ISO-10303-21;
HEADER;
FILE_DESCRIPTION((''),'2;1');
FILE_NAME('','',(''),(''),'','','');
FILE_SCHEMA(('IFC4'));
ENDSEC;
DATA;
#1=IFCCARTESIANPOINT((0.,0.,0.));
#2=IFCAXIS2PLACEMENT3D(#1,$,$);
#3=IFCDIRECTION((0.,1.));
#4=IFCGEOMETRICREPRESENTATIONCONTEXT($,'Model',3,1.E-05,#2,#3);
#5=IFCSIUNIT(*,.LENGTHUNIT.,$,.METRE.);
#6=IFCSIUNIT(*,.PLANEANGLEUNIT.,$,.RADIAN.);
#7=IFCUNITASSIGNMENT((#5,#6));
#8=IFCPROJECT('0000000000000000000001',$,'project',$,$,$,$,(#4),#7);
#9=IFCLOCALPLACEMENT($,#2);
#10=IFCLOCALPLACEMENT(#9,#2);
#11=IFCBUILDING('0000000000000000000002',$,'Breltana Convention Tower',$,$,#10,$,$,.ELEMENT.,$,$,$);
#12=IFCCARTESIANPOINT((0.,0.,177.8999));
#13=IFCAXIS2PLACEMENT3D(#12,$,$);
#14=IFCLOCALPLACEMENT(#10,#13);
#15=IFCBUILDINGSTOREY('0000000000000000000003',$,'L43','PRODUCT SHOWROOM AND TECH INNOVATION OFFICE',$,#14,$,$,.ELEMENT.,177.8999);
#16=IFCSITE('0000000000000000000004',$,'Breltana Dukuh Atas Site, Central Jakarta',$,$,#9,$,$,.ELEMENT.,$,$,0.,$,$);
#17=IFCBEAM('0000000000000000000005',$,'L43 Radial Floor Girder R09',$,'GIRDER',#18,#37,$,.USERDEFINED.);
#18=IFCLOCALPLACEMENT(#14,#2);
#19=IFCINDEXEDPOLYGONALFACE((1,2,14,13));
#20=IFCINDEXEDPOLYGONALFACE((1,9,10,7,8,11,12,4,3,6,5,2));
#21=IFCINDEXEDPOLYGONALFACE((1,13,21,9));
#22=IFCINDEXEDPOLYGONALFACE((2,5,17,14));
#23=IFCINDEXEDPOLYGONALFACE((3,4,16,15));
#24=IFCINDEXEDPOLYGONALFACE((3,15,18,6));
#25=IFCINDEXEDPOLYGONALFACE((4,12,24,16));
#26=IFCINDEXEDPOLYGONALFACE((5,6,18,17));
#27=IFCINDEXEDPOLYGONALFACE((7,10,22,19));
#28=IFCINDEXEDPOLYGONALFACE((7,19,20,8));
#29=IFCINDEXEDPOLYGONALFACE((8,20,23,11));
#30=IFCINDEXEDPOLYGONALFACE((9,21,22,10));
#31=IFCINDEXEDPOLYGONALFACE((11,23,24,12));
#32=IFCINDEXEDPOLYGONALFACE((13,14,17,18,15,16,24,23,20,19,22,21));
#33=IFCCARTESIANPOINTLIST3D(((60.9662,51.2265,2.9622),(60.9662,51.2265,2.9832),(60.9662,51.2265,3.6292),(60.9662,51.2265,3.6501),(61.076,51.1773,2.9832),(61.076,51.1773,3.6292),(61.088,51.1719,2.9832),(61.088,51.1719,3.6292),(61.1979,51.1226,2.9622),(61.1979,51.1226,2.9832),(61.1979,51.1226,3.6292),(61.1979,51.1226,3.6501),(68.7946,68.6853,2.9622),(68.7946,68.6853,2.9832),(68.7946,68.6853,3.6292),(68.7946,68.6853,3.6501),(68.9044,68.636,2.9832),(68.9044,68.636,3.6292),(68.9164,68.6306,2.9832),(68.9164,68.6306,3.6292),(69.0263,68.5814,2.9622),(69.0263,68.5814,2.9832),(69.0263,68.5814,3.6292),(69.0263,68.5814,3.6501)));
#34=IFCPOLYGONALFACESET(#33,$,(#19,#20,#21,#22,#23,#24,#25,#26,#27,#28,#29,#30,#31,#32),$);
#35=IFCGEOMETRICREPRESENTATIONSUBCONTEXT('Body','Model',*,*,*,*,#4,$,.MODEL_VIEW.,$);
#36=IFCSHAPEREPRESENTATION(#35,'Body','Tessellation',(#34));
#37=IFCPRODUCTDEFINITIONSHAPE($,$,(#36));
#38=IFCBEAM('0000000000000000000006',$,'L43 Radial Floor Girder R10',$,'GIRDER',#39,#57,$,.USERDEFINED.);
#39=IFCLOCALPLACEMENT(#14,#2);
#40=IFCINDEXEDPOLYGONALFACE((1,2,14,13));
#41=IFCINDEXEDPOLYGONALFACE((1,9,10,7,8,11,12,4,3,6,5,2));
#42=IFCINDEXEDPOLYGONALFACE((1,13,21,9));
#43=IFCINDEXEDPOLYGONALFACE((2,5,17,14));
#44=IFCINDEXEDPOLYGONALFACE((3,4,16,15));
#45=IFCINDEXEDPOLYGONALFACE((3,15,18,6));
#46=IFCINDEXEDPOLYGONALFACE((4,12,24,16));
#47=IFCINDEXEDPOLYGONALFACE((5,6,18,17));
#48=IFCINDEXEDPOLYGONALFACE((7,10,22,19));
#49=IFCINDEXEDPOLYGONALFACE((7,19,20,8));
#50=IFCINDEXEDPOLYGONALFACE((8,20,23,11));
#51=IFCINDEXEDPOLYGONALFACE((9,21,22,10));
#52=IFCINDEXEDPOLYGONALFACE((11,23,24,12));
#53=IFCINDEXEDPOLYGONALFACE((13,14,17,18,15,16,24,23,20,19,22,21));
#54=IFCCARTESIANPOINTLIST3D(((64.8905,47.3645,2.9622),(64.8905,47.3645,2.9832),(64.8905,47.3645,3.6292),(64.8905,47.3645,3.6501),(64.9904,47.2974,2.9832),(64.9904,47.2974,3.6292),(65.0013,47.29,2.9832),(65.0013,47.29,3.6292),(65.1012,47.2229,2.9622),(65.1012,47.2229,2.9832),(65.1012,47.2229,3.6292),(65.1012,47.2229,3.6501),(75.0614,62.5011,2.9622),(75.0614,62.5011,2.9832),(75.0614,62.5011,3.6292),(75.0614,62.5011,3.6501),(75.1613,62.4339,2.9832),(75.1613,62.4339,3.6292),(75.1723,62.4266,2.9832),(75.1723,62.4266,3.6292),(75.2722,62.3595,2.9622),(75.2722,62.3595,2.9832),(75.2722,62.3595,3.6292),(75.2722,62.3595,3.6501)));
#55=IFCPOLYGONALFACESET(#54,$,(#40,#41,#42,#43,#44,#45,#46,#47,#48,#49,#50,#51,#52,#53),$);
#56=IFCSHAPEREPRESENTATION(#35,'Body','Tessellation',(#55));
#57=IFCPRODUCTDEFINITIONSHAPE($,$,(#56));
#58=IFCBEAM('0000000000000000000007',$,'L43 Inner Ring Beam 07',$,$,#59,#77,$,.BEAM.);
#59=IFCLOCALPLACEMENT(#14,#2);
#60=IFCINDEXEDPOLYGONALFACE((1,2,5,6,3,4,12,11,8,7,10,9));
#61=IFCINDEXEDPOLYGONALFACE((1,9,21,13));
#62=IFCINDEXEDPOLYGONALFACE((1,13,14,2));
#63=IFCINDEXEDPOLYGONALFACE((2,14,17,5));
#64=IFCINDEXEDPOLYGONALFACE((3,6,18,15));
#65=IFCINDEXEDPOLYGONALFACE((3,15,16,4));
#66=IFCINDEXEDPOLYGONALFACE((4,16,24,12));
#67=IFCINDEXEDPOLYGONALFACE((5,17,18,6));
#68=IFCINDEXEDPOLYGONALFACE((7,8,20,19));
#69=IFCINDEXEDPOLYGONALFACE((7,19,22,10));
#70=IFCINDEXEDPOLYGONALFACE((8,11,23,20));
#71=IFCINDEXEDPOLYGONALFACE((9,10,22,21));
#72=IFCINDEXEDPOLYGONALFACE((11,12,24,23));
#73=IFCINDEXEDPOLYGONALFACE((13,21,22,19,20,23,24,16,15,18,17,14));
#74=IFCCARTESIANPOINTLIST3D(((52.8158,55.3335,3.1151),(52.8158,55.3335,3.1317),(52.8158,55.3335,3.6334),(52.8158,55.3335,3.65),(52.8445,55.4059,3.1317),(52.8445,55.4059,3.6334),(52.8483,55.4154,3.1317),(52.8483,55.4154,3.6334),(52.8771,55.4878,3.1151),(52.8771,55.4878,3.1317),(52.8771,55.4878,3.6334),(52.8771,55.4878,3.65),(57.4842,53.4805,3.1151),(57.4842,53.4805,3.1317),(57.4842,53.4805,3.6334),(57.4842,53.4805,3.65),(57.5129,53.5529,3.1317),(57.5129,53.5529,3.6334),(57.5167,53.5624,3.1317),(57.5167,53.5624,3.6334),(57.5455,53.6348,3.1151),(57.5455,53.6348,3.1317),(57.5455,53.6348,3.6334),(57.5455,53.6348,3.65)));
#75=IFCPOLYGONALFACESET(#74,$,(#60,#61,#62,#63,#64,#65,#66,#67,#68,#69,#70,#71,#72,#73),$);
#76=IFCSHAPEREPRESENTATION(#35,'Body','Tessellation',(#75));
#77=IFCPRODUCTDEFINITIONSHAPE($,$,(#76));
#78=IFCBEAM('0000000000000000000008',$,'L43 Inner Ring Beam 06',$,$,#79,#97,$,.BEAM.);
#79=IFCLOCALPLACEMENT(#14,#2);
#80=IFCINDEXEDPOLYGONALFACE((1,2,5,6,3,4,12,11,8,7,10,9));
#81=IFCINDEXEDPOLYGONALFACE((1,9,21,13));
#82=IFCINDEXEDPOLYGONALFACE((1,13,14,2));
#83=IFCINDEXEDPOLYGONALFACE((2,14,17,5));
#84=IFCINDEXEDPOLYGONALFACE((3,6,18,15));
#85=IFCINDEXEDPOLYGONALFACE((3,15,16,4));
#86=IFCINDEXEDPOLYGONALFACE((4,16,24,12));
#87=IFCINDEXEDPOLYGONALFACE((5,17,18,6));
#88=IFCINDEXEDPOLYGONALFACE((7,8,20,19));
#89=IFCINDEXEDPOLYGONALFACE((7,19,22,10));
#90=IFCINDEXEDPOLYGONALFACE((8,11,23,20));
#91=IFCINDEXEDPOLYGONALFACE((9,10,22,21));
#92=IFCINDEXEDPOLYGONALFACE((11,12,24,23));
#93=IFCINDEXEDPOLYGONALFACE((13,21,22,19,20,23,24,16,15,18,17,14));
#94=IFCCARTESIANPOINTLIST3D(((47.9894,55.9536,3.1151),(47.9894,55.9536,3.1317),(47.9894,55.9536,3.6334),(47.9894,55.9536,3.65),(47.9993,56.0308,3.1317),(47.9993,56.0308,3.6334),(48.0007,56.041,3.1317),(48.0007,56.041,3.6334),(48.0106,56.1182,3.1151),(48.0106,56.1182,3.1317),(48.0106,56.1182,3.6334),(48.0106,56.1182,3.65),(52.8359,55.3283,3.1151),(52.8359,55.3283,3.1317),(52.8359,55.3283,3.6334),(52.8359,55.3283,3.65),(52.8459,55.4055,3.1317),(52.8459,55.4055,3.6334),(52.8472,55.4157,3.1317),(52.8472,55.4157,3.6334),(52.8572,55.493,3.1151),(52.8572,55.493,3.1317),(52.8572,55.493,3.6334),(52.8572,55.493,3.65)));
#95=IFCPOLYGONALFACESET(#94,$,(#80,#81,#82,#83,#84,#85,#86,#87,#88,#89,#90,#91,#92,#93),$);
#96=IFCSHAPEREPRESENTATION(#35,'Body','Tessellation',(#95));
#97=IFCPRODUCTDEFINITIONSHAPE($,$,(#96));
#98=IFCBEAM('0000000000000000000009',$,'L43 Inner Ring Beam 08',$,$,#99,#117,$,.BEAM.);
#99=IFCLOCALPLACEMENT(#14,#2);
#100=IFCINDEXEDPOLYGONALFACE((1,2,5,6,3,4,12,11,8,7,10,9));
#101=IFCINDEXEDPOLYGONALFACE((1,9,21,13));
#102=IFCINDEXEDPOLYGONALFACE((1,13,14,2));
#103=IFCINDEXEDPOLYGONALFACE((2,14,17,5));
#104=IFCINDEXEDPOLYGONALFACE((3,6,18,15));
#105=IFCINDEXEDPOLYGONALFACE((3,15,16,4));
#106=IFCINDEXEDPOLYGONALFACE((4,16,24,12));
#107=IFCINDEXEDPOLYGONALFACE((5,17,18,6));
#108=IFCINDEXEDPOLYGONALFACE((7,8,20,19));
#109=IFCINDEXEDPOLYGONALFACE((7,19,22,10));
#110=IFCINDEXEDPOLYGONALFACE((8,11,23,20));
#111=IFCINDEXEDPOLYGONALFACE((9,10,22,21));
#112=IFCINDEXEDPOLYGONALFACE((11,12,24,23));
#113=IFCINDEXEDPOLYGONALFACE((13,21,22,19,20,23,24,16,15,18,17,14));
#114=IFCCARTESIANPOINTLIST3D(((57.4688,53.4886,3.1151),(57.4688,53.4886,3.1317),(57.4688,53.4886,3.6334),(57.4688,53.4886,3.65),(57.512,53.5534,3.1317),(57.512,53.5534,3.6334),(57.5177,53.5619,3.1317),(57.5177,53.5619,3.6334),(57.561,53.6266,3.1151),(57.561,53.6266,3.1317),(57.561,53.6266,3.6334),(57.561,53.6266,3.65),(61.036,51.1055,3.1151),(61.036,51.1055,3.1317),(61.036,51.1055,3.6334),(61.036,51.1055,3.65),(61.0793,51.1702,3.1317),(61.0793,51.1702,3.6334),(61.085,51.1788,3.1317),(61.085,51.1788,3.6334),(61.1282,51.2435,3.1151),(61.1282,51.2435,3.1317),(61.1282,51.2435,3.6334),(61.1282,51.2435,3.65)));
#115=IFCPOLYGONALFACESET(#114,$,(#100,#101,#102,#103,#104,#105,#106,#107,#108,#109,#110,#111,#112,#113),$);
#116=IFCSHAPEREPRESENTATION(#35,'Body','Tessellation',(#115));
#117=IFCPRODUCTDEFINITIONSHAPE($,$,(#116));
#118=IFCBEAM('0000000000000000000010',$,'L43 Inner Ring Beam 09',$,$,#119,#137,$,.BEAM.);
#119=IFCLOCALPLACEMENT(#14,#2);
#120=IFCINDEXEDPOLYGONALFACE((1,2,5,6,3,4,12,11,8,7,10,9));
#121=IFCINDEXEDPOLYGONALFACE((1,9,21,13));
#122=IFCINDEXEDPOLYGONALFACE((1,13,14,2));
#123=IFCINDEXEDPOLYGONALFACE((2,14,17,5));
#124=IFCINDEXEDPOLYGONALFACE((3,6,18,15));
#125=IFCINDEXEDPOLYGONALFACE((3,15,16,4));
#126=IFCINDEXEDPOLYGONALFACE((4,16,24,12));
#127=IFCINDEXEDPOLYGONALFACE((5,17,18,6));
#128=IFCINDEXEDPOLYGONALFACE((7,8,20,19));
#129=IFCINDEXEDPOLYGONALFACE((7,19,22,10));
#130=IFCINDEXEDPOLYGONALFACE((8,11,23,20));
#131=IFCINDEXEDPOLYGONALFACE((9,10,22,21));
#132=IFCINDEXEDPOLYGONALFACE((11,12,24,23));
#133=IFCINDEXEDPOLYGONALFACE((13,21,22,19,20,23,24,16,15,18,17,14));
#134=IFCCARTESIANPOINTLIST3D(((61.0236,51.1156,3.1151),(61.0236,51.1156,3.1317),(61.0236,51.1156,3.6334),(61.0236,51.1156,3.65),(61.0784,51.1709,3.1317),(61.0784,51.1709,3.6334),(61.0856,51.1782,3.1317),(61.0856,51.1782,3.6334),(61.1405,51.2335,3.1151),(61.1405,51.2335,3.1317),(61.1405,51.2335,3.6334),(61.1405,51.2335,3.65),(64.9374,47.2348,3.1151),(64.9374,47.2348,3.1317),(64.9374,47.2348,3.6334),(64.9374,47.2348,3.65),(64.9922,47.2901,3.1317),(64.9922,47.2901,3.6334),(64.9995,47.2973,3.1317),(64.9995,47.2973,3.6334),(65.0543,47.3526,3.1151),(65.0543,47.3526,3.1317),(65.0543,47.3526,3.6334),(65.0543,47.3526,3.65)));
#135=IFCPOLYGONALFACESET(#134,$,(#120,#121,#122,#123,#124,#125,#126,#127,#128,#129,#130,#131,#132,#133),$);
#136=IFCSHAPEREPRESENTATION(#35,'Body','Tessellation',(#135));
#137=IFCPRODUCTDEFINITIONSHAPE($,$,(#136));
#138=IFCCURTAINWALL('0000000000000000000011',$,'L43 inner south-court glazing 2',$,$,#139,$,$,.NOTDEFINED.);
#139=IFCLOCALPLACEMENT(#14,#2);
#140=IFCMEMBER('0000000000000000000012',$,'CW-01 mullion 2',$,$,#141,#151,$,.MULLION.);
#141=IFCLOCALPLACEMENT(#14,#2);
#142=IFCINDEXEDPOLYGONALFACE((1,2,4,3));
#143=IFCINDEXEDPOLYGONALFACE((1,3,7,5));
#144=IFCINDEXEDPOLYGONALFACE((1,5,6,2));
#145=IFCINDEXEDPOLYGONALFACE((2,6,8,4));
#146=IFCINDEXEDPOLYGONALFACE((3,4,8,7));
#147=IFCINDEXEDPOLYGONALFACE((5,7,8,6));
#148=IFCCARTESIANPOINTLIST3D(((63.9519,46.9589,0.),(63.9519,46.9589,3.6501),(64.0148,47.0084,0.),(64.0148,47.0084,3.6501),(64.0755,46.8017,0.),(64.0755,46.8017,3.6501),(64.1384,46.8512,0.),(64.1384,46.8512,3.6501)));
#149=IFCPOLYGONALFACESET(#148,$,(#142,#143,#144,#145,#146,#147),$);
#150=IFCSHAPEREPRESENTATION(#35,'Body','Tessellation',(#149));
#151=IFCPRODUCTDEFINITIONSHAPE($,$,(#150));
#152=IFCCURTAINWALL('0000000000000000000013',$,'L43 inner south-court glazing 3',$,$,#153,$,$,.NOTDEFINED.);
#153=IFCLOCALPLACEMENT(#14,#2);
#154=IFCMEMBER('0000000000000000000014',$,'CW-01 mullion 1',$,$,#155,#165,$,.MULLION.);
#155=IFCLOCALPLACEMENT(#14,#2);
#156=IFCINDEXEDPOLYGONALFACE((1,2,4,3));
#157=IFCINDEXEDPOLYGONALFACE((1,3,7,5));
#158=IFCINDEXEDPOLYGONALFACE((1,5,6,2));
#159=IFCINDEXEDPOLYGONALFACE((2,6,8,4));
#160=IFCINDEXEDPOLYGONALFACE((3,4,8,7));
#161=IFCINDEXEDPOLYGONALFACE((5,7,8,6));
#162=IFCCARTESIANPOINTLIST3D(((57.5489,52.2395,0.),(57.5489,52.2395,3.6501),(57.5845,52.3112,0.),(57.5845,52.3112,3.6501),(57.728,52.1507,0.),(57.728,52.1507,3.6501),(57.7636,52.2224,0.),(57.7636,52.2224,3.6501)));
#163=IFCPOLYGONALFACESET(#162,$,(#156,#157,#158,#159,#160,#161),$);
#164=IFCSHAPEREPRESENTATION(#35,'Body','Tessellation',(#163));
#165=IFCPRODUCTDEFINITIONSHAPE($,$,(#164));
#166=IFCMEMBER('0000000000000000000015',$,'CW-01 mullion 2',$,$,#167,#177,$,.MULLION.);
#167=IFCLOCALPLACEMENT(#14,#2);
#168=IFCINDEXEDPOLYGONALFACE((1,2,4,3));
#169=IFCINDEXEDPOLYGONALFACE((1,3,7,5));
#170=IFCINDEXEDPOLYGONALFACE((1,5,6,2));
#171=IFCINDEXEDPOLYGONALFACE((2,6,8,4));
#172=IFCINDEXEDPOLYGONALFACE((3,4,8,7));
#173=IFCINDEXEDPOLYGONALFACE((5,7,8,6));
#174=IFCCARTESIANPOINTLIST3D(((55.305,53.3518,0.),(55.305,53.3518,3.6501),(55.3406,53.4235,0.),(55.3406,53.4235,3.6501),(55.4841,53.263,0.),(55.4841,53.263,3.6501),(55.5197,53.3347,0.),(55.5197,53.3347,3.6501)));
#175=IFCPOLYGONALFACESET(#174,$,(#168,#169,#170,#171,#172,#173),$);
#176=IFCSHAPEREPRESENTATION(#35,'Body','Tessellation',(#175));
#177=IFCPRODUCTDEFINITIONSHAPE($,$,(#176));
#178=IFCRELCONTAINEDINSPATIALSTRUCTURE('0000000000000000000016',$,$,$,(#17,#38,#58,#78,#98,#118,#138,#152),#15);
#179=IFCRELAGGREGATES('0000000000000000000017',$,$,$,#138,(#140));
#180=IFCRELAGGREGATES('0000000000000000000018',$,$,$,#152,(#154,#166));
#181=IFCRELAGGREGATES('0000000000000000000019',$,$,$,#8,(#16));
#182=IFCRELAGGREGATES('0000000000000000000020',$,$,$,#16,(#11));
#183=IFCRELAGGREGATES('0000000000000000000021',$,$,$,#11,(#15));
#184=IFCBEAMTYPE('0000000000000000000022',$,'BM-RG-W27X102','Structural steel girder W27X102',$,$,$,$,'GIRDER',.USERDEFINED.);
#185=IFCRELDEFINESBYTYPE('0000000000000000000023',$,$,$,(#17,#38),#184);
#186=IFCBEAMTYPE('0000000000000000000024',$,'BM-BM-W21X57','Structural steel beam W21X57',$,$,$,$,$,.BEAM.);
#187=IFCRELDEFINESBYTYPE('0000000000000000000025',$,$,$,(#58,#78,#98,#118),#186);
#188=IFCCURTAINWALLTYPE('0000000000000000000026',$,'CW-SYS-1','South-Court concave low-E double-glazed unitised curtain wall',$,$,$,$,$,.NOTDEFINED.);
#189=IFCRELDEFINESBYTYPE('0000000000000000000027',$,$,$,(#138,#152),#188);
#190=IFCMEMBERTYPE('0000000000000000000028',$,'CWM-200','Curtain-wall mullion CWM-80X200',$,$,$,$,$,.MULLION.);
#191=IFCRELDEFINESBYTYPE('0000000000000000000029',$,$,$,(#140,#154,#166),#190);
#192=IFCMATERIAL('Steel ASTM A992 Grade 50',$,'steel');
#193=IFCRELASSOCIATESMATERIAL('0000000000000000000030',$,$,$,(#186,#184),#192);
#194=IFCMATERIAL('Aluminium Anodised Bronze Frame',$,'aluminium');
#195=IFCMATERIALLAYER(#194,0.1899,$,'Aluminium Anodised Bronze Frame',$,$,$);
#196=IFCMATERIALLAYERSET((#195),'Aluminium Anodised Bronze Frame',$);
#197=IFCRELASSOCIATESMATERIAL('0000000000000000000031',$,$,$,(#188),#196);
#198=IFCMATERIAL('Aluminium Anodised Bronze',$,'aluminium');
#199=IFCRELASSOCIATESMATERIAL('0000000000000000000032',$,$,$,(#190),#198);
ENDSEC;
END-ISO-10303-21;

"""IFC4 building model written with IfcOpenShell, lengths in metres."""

from ifc_helpers import new_model, si_unit, direction, frame, origin, origin_2d, place, context, subcontext, project, spatial, rectangle, i_section, extrude, source, transform, mapped, material, layer, layer_set, material_profile, profile_set, type_object, element, aggregate, save


model = new_model("IFC4")

# Units and contexts
model_context = context("Model", 3, precision=1e-05, world=origin(), true_north=direction((0.0, 1.0)))
body_context = subcontext(model_context, "Body", "Model", "MODEL_VIEW")
ifc_project = project(units=[si_unit("LENGTHUNIT", "METRE"), si_unit("PLANEANGLEUNIT", "RADIAN")], contexts=[model_context])

# Site, building, storey
site_placement = place(None, origin())
site = spatial("IfcSite", under=ifc_project, at=site_placement, Name="Breltana Dukuh Atas Site, Central Jakarta", CompositionType="ELEMENT", RefElevation=0.0)
building_placement = place(site_placement, origin())
building = spatial("IfcBuilding", under=site, at=building_placement, Name="Breltana Convention Tower", CompositionType="ELEMENT")
storey_placement = place(building_placement, frame((0.0, 0.0, 177.8999)))
storey = spatial("IfcBuildingStorey", under=building, at=storey_placement, Name="L43", Description="PRODUCT SHOWROOM AND TECH INNOVATION OFFICE", CompositionType="ELEMENT", Elevation=177.8999)

# Beams
ifc_material_1 = material(Name="Steel ASTM A992 Grade 50", Category="steel")
ifc_material_profile_1 = material_profile(ifc_material_1, i_section(OverallWidth=0.166, OverallDepth=0.5349, WebThickness=0.0103, FlangeThickness=0.0166, at=origin_2d()), Name="W21X57")
ifc_profile_set_1 = profile_set([ifc_material_profile_1], Name="Steel ASTM A992 Grade 50")
beam_type_1 = type_object("IfcBeamType", Name="BM-BM-W21X57", Description="Structural steel beam W21X57", PredefinedType="BEAM", material=ifc_profile_set_1)
ifc_material_profile_2 = material_profile(ifc_material_1, i_section(OverallWidth=0.2539, OverallDepth=0.688, WebThickness=0.0132, FlangeThickness=0.021, at=origin_2d()), Name="W27X102")
ifc_profile_set_2 = profile_set([ifc_material_profile_2], Name="Steel ASTM A992 Grade 50")
beam_type_2 = type_object("IfcBeamType", Name="BM-RG-W27X102", Description="Structural steel girder W27X102", ElementType="GIRDER", PredefinedType="USERDEFINED", material=ifc_profile_set_2)
shared_shape_1 = source(origin(), body_context, "Body", "SweptSolid", [
    extrude(i_section(OverallWidth=0.2539, OverallDepth=0.688, WebThickness=0.0132, FlangeThickness=0.021, at=origin_2d()), origin(), (0.0, 0.0, 1.0), 19.1335),
])
beam_1_placement = place(storey_placement, frame((61.082, 51.1746, 3.3062), z_axis=(0.409145, 0.91247, 0.0), x_axis=(-0.91247, 0.409145, 0.0)))
element("IfcBeam", 1, at=beam_1_placement, inside=storey, type_object=beam_type_2, Name="L43 Radial Floor Girder R09", ObjectType="GIRDER", PredefinedType="USERDEFINED", context=body_context, shape_type="MappedRepresentation", body=[
    mapped(shared_shape_1, transform((0.0, 0.0, 0.0), scale=1.0)),
])
shared_shape_2 = source(origin(), body_context, "Body", "SweptSolid", [
    extrude(i_section(OverallWidth=0.2539, OverallDepth=0.688, WebThickness=0.0132, FlangeThickness=0.021, at=origin_2d()), origin(), (0.0, 0.0, 1.0), 18.2363),
])
beam_2_placement = place(storey_placement, frame((64.9958, 47.2937, 3.3062), z_axis=(0.55773, 0.830022, 0.0), x_axis=(-0.830022, 0.55773, 0.0)))
element("IfcBeam", 2, at=beam_2_placement, inside=storey, type_object=beam_type_2, Name="L43 Radial Floor Girder R10", ObjectType="GIRDER", PredefinedType="USERDEFINED", context=body_context, shape_type="MappedRepresentation", body=[
    mapped(shared_shape_2, transform((0.0, 0.0, 0.0), scale=1.0)),
])
shared_shape_3 = source(origin(), body_context, "Body", "SweptSolid", [
    extrude(i_section(OverallWidth=0.166, OverallDepth=0.5349, WebThickness=0.0103, FlangeThickness=0.0166, at=origin_2d()), origin(), (0.0, 0.0, 1.0), 5.0227),
])
beam_3_placement = place(storey_placement, frame((52.8464, 55.4106, 3.3826), z_axis=(0.929459, -0.368926, 0.0), x_axis=(0.368926, 0.929459, 0.0)))
element("IfcBeam", 3, at=beam_3_placement, inside=storey, type_object=beam_type_1, Name="L43 Inner Ring Beam 07", PredefinedType="BEAM", context=body_context, shape_type="MappedRepresentation", body=[
    mapped(shared_shape_3, transform((0.0, 0.0, 0.0), scale=1.0)),
])
shared_shape_4 = source(origin(), body_context, "Body", "SweptSolid", [
    extrude(i_section(OverallWidth=0.166, OverallDepth=0.5349, WebThickness=0.0103, FlangeThickness=0.0166, at=origin_2d()), origin(), (0.0, 0.0, 1.0), 4.8867),
])
beam_4_placement = place(storey_placement, frame((48.0, 56.0359, 3.3826), z_axis=(0.991781, -0.127951, 0.0), x_axis=(0.127951, 0.991781, 0.0)))
element("IfcBeam", 4, at=beam_4_placement, inside=storey, type_object=beam_type_1, Name="L43 Inner Ring Beam 06", PredefinedType="BEAM", context=body_context, shape_type="MappedRepresentation", body=[
    mapped(shared_shape_4, transform((0.0, 0.0, 0.0), scale=1.0)),
])
shared_shape_5 = source(origin(), body_context, "Body", "SweptSolid", [
    extrude(i_section(OverallWidth=0.166, OverallDepth=0.5349, WebThickness=0.0103, FlangeThickness=0.0166, at=origin_2d()), origin(), (0.0, 0.0, 1.0), 4.29),
])
beam_5_placement = place(storey_placement, frame((57.5149, 53.5576, 3.3826), z_axis=(0.831516, -0.555501, 0.0), x_axis=(0.555501, 0.831516, 0.0)))
element("IfcBeam", 5, at=beam_5_placement, inside=storey, type_object=beam_type_1, Name="L43 Inner Ring Beam 08", PredefinedType="BEAM", context=body_context, shape_type="MappedRepresentation", body=[
    mapped(shared_shape_5, transform((0.0, 0.0, 0.0), scale=1.0)),
])
shared_shape_6 = source(origin(), body_context, "Body", "SweptSolid", [
    extrude(i_section(OverallWidth=0.166, OverallDepth=0.5349, WebThickness=0.0103, FlangeThickness=0.0166, at=origin_2d()), origin(), (0.0, 0.0, 1.0), 5.5117),
])
beam_6_placement = place(storey_placement, frame((61.082, 51.1746, 3.3826), z_axis=(0.71009, -0.704111, 0.0), x_axis=(0.704111, 0.71009, 0.0)))
element("IfcBeam", 6, at=beam_6_placement, inside=storey, type_object=beam_type_1, Name="L43 Inner Ring Beam 09", PredefinedType="BEAM", context=body_context, shape_type="MappedRepresentation", body=[
    mapped(shared_shape_6, transform((0.0, 0.0, 0.0), scale=1.0)),
])

# Curtain wall, member
ifc_material_2 = material(Name="Aluminium Anodised Bronze Frame", Category="aluminium")
ifc_layer_1 = layer(ifc_material_2, 0.1899, Name="Aluminium Anodised Bronze Frame")
ifc_layer_set_1 = layer_set([ifc_layer_1], Name="Aluminium Anodised Bronze Frame")
curtain_wall_type = type_object("IfcCurtainWallType", Name="CW-SYS-1", Description="South-Court concave low-E double-glazed unitised curtain wall", PredefinedType="NOTDEFINED", material=ifc_layer_set_1)
curtain_wall_1_placement = place(storey_placement, origin())
curtain_wall_1 = element("IfcCurtainWall", 7, at=curtain_wall_1_placement, inside=storey, type_object=curtain_wall_type, Name="L43 inner south-court glazing 2", PredefinedType="NOTDEFINED")
ifc_material_3 = material(Name="Aluminium Anodised Bronze", Category="aluminium")
ifc_material_profile_3 = material_profile(ifc_material_3, rectangle(XDim=0.0801, YDim=0.2, at=origin_2d()), Name="CWM-80X200")
ifc_profile_set_3 = profile_set([ifc_material_profile_3], Name="Aluminium Anodised Bronze")
member_type_1 = type_object("IfcMemberType", Name="CWM-200", Description="Curtain-wall mullion CWM-80X200", PredefinedType="MULLION", material=ifc_profile_set_3)
shared_shape_7 = source(origin(), body_context, "Body", "SweptSolid", [
    extrude(rectangle(XDim=0.0801, YDim=0.2, at=origin_2d()), origin(), (0.0, 0.0, 1.0), 3.6501),
])
member_1_placement = place(storey_placement, frame((64.0452, 46.905, 0.0), z_axis=(0.0, 0.0, 1.0), x_axis=(-0.786051, -0.618161, 0.0)))
member_1 = element("IfcMember", 8, at=member_1_placement, type_object=member_type_1, Name="CW-01 mullion 2", PredefinedType="MULLION", context=body_context, shape_type="MappedRepresentation", body=[
    mapped(shared_shape_7, transform((0.0, 0.0, 0.0), scale=1.0)),
])

# Curtain wall, members
curtain_wall_2_placement = place(storey_placement, origin())
curtain_wall_2 = element("IfcCurtainWall", 9, at=curtain_wall_2_placement, inside=storey, type_object=curtain_wall_type, Name="L43 inner south-court glazing 3", PredefinedType="NOTDEFINED")
member_2_placement = place(storey_placement, frame((57.6562, 52.231, 0.0), z_axis=(0.0, 0.0, 1.0), x_axis=(-0.444115, -0.89597, 0.0)))
member_2 = element("IfcMember", 10, at=member_2_placement, type_object=member_type_1, Name="CW-01 mullion 1", PredefinedType="MULLION", context=body_context, shape_type="MappedRepresentation", body=[
    mapped(shared_shape_7, transform((0.0, 0.0, 0.0), scale=1.0)),
])
member_3_placement = place(storey_placement, frame((55.4124, 53.3433, 0.0), z_axis=(0.0, 0.0, 1.0), x_axis=(-0.444115, -0.89597, 0.0)))
member_3 = element("IfcMember", 11, at=member_3_placement, type_object=member_type_1, Name="CW-01 mullion 2", PredefinedType="MULLION", context=body_context, shape_type="MappedRepresentation", body=[
    mapped(shared_shape_7, transform((0.0, 0.0, 0.0), scale=1.0)),
])

aggregate(curtain_wall_1, [member_1])
aggregate(curtain_wall_2, [member_2, member_3])

save(model, "model.ifc")
